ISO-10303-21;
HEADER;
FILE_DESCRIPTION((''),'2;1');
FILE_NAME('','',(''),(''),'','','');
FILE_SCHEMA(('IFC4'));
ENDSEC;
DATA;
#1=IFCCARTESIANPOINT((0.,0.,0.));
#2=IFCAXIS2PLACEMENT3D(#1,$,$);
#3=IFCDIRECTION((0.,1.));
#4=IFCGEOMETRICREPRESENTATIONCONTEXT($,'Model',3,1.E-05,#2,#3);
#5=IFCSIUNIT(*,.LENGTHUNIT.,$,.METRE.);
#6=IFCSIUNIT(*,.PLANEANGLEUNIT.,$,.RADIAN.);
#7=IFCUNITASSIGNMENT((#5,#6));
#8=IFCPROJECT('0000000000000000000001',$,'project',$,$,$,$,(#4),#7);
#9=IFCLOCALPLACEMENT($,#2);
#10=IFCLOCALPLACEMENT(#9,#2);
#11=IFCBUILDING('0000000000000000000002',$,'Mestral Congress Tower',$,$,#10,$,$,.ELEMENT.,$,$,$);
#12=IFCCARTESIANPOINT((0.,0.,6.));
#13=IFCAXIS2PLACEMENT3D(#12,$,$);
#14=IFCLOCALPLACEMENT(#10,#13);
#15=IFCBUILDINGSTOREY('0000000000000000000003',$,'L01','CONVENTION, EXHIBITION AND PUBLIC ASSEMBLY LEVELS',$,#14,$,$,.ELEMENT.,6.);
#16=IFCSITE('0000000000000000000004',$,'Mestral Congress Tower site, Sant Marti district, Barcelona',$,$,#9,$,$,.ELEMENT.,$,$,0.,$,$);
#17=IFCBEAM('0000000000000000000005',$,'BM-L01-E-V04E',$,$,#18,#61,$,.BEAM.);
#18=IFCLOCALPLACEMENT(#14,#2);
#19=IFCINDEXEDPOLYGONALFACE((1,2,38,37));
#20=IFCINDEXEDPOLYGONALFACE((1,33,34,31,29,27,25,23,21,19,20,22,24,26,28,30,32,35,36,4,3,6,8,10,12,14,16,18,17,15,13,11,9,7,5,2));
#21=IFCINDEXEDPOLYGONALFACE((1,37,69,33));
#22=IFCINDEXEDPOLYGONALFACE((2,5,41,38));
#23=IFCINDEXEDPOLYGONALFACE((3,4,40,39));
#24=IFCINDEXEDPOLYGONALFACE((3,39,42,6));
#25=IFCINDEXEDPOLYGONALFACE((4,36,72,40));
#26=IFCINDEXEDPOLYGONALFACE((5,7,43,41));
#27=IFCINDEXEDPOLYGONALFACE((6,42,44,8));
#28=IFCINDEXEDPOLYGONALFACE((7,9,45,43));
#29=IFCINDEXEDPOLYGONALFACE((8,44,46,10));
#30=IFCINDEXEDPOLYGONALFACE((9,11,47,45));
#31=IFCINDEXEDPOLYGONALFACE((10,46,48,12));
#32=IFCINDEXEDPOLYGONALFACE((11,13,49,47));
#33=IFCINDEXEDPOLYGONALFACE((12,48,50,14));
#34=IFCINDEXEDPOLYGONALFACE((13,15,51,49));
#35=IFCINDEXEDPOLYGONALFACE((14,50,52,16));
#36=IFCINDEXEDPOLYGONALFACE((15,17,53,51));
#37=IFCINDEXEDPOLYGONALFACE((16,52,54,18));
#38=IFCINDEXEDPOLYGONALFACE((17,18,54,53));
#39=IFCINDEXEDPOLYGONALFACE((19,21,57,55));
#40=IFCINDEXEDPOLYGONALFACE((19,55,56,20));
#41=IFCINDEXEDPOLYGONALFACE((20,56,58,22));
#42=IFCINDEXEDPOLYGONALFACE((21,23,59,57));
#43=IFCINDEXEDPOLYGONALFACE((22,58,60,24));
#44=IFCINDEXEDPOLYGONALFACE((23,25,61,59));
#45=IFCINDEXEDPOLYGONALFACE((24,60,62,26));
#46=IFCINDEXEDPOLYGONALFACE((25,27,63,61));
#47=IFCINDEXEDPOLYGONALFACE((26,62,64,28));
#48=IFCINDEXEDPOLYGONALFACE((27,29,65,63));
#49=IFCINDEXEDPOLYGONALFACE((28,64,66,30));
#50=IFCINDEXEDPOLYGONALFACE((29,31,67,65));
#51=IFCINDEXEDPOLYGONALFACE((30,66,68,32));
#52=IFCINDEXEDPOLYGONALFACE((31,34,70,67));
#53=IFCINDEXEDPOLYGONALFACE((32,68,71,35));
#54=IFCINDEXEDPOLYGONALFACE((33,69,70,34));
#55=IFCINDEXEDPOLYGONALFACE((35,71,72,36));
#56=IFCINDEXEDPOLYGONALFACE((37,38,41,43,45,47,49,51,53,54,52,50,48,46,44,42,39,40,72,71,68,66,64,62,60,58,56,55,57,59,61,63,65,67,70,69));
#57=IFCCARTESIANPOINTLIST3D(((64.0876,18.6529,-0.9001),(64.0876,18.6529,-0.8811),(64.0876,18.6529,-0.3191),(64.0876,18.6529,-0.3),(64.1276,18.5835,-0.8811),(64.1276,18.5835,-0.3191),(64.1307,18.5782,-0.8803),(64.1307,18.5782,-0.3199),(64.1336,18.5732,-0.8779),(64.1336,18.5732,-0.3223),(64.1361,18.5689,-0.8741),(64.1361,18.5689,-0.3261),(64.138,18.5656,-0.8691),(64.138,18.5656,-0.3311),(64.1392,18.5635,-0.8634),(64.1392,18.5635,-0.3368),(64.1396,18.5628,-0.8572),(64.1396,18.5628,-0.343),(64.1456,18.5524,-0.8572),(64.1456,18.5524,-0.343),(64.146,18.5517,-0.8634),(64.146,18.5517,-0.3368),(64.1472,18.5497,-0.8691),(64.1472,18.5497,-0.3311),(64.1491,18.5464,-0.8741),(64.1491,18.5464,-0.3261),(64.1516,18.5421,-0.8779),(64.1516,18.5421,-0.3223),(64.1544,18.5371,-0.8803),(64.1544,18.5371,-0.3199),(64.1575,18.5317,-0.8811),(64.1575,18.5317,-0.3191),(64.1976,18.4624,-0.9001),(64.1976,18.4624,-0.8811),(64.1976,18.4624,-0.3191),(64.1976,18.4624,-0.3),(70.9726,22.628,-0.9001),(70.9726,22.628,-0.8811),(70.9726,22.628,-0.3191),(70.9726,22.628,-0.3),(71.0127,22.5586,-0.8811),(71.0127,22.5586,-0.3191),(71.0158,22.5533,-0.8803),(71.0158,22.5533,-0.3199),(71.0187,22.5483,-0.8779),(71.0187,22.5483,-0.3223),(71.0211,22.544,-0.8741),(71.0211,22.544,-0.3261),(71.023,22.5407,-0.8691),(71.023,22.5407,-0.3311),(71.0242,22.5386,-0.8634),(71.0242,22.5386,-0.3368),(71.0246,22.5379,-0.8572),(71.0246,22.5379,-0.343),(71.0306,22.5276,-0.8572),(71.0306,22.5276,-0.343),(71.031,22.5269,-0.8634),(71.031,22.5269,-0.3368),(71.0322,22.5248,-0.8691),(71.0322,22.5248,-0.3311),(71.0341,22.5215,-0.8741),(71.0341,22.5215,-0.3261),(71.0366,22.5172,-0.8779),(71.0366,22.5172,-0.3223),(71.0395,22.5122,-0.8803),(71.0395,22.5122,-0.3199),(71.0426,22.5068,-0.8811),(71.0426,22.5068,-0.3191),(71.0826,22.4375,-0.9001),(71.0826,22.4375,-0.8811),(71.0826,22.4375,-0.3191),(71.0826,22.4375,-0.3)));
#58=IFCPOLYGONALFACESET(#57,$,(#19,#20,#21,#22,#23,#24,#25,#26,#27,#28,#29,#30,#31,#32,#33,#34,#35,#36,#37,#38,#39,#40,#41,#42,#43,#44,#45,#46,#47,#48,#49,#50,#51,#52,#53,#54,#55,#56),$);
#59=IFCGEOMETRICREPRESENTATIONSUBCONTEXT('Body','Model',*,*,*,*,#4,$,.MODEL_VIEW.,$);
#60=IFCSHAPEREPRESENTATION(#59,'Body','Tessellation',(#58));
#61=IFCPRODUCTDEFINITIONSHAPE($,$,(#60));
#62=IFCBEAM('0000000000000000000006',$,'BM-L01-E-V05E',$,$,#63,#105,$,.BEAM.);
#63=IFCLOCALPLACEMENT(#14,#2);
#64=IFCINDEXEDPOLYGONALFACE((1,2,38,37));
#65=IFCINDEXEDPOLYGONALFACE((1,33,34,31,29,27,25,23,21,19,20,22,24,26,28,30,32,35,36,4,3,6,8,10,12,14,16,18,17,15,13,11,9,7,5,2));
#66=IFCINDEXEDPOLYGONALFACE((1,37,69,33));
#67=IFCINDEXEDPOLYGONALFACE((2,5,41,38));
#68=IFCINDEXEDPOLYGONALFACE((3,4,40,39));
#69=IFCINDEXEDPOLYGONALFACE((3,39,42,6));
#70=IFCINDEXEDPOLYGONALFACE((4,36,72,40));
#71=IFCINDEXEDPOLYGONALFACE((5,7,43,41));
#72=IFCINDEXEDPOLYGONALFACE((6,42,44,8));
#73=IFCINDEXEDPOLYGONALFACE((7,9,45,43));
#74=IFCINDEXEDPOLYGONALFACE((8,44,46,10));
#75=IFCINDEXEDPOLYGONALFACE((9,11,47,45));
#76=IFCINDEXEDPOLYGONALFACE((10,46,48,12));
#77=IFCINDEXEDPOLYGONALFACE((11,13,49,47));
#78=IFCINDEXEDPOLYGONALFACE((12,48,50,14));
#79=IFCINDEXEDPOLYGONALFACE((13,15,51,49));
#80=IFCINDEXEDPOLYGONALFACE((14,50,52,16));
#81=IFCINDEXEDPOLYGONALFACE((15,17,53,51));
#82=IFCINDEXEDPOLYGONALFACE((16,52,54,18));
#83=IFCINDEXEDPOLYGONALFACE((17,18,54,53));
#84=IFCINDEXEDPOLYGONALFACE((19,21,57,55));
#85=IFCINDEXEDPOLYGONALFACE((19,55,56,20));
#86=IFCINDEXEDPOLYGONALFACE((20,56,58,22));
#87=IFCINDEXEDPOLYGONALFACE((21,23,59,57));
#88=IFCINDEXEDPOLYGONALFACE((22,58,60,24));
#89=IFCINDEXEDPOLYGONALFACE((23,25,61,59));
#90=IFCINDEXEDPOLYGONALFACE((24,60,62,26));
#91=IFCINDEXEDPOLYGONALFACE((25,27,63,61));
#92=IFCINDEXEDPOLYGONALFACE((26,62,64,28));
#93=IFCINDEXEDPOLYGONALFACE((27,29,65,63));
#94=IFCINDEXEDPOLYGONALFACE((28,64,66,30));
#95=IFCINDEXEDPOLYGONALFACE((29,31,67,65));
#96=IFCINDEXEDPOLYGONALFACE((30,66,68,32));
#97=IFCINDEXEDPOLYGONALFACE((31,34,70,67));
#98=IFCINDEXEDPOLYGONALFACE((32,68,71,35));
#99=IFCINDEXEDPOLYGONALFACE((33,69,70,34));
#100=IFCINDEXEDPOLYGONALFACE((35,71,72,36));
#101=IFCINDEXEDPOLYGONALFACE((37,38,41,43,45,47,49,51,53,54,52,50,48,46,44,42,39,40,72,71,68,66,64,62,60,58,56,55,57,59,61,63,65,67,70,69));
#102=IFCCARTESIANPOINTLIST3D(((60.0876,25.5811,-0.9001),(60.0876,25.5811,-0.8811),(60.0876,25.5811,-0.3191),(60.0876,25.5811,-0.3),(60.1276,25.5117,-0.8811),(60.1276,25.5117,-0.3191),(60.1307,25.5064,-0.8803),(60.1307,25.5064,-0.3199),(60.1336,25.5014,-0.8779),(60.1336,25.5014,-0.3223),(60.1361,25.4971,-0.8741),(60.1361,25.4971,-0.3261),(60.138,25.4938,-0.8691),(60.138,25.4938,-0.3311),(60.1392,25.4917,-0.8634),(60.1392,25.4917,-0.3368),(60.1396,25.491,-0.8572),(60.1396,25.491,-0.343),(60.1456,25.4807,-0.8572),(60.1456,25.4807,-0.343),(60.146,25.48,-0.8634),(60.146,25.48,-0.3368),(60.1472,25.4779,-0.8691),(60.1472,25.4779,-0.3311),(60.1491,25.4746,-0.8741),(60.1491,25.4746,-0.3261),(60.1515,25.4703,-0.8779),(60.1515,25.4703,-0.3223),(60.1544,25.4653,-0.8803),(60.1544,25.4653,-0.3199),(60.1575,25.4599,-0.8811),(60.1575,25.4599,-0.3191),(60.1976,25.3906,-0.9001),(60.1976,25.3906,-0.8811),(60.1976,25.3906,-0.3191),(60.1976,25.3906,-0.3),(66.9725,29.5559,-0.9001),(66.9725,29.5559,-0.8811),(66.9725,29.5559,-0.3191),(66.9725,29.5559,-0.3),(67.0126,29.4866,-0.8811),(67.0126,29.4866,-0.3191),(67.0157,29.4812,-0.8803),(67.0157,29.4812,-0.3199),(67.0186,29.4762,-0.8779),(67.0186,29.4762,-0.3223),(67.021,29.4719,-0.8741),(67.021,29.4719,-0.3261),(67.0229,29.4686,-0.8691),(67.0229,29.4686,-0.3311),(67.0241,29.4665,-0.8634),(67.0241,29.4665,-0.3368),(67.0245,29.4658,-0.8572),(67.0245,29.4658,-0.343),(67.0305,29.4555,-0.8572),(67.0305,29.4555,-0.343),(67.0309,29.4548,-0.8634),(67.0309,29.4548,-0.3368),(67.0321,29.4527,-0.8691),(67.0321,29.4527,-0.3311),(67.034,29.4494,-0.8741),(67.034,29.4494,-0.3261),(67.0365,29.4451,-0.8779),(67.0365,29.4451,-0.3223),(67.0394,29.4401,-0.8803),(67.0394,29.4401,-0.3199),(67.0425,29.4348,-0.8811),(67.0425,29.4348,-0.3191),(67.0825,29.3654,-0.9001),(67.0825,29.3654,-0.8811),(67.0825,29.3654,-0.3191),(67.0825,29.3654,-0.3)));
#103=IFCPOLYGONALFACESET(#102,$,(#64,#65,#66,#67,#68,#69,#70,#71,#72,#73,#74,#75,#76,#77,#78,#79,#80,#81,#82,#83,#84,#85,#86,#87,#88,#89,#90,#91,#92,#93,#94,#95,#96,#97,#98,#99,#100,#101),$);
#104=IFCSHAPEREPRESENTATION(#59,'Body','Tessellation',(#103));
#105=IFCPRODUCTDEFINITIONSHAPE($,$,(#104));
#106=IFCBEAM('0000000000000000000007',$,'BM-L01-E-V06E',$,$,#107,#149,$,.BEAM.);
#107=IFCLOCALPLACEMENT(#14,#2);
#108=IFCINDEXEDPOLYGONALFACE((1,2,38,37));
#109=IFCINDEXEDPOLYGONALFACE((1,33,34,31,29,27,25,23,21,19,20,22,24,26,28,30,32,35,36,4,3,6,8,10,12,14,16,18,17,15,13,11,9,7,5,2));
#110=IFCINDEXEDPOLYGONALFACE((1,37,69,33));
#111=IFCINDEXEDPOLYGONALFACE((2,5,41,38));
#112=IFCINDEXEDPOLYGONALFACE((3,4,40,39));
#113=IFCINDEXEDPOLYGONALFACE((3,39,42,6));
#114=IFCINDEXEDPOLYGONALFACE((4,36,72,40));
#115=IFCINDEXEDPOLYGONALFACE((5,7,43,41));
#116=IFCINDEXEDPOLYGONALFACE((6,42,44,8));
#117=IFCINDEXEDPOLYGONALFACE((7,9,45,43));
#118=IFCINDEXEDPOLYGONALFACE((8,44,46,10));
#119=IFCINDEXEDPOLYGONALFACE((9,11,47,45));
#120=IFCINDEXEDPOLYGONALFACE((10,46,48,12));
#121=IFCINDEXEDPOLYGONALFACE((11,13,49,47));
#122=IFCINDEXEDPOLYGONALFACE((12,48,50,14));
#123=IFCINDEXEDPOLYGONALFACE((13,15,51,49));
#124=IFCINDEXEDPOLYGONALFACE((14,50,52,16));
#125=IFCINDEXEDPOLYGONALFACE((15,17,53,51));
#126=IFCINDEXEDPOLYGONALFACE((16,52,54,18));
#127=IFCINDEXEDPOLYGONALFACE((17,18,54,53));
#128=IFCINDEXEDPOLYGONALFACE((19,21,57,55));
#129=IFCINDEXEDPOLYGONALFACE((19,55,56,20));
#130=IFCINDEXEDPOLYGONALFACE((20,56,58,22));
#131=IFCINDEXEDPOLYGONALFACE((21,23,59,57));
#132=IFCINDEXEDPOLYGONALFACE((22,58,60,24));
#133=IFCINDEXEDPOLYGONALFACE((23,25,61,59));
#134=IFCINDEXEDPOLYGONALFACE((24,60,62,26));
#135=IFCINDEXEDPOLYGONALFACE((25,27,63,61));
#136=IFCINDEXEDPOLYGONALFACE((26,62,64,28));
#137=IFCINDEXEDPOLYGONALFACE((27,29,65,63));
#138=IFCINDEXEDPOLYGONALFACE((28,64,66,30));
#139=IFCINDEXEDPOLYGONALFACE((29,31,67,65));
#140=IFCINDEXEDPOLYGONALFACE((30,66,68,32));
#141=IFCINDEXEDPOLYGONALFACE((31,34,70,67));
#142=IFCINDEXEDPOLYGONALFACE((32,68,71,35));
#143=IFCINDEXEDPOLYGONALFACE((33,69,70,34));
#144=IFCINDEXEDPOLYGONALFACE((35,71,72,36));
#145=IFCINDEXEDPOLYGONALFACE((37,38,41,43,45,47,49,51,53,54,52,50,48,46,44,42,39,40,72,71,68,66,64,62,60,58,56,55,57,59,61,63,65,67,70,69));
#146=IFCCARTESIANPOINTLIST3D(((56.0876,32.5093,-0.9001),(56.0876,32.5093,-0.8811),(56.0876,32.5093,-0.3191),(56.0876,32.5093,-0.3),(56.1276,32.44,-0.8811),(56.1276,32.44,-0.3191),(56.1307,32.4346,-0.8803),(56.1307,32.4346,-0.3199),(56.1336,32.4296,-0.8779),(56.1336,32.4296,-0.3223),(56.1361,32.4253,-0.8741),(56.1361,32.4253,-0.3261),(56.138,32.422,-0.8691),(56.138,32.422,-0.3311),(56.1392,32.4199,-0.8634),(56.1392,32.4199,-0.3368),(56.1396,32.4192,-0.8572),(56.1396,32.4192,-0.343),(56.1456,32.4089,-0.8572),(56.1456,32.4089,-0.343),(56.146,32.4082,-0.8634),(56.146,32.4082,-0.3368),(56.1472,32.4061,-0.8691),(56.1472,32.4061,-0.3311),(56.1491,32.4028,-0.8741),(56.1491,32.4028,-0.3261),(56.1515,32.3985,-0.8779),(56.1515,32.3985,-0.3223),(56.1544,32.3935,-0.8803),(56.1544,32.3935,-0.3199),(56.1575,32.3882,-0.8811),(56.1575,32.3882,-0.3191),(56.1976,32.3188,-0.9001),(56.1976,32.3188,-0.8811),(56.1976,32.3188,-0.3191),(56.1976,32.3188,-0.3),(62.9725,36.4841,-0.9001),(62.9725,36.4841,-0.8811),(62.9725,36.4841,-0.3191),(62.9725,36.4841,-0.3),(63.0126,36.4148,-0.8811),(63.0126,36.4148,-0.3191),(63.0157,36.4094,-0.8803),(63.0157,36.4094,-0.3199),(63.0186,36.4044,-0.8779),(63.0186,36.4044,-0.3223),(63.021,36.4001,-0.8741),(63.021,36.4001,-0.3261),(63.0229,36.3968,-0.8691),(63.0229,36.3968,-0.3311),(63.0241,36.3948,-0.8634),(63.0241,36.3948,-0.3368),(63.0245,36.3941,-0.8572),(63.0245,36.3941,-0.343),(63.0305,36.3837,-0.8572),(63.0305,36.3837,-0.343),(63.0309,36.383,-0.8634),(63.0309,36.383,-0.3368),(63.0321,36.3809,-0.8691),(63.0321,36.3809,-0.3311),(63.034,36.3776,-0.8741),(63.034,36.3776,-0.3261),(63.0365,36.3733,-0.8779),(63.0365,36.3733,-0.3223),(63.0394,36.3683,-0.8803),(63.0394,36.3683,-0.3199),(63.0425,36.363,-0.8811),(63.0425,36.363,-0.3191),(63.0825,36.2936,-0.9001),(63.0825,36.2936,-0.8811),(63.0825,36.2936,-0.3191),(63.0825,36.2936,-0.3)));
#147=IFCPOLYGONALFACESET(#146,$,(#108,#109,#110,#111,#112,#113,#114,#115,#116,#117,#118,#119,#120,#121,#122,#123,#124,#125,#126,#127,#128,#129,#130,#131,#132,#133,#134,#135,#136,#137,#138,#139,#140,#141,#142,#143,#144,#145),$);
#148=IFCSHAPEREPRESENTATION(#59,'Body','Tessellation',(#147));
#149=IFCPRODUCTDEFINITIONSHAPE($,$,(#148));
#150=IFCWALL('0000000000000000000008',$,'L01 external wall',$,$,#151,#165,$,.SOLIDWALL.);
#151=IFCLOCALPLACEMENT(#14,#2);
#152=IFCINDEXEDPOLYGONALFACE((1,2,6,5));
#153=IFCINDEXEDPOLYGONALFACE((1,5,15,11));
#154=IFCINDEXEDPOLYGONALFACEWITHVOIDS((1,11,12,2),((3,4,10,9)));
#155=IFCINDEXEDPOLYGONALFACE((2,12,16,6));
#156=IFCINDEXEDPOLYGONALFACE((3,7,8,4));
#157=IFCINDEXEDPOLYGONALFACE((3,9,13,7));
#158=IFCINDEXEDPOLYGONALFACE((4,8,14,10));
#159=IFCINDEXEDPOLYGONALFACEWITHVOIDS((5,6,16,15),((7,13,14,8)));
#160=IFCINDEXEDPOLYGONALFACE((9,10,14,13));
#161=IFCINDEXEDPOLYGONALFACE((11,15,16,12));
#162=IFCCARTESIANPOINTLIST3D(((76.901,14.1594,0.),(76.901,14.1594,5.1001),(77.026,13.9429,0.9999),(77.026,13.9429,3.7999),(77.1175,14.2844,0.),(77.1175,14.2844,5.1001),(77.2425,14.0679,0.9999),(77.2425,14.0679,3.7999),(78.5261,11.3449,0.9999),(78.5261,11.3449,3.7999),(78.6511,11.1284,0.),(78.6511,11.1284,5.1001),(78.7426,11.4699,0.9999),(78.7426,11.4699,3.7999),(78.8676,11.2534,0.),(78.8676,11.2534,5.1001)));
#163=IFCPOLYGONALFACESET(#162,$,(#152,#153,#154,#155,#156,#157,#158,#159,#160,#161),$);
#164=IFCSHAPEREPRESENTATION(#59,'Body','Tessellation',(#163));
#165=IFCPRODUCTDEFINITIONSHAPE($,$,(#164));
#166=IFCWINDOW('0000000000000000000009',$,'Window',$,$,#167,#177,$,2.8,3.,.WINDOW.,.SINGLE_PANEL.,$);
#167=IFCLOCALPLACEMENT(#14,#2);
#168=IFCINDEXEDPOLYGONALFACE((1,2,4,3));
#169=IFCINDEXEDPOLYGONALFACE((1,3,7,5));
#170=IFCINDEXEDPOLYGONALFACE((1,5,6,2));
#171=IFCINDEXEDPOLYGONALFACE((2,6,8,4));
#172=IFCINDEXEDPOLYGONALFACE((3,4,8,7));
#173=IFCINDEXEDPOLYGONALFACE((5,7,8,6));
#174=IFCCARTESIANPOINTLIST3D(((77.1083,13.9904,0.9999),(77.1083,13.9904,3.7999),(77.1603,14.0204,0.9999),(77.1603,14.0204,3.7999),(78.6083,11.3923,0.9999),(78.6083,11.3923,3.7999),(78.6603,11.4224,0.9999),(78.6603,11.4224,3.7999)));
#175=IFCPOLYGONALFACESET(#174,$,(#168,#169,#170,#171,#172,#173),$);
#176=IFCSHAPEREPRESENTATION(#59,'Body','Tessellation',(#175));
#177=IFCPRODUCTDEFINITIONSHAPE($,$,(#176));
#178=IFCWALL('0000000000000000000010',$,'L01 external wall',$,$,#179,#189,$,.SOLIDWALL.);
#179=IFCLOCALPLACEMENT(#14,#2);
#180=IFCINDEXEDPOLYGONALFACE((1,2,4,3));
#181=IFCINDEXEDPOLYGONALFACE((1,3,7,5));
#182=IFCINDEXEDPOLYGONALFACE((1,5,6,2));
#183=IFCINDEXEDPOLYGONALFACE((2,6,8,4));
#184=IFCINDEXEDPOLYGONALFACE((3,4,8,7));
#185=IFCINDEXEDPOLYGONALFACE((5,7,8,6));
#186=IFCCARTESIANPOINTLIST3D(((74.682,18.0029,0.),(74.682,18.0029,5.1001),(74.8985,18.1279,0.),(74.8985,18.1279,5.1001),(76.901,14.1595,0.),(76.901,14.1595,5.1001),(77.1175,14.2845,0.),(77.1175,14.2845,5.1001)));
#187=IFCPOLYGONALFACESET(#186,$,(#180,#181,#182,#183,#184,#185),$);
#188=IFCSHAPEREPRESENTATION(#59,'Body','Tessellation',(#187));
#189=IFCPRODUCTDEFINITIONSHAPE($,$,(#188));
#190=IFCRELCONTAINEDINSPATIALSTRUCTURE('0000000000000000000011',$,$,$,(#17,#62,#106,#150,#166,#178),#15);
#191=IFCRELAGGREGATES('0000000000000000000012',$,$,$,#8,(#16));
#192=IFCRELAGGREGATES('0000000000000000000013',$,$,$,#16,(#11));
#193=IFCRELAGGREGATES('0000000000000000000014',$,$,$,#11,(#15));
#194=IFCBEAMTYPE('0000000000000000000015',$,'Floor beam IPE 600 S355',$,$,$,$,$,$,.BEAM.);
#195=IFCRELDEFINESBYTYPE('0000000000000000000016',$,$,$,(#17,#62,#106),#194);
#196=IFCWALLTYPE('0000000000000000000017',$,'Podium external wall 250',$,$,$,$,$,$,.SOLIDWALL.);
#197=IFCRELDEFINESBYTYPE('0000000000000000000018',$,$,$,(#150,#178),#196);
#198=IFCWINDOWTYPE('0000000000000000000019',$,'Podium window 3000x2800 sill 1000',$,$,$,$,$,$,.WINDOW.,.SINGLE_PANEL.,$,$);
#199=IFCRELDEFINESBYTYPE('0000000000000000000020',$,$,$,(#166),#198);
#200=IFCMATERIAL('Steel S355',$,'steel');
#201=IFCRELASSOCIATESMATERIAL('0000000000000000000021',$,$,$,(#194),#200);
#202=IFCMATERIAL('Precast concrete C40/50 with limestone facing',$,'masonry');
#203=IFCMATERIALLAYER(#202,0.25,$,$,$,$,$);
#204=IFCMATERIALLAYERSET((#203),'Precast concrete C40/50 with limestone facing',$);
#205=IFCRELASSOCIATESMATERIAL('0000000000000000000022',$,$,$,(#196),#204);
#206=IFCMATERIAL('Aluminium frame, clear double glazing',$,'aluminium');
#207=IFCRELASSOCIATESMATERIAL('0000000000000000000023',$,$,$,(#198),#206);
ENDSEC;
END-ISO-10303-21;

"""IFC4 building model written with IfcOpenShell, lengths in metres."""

from ifc_helpers import new_model, si_unit, direction, frame, frame_2d, origin, origin_2d, place, context, subcontext, project, spatial, rectangle, i_section, extrude, material, layer, layer_set, material_profile, profile_set, type_object, element, fill, save


model = new_model("IFC4")

# Units and contexts
model_context = context("Model", 3, precision=1e-05, world=origin(), true_north=direction((0.0, 1.0)))
body_context = subcontext(model_context, "Body", "Model", "MODEL_VIEW")
ifc_project = project(units=[si_unit("LENGTHUNIT", "METRE"), si_unit("PLANEANGLEUNIT", "RADIAN")], contexts=[model_context])

# Site, building, storey
site_placement = place(None, origin())
site = spatial("IfcSite", under=ifc_project, at=site_placement, Name="Mestral Congress Tower site, Sant Marti district, Barcelona", CompositionType="ELEMENT", RefElevation=0.0)
building_placement = place(site_placement, origin())
building = spatial("IfcBuilding", under=site, at=building_placement, Name="Mestral Congress Tower", CompositionType="ELEMENT")
storey_placement = place(building_placement, frame((0.0, 0.0, 6.0)))
storey = spatial("IfcBuildingStorey", under=building, at=storey_placement, Name="L01", Description="CONVENTION, EXHIBITION AND PUBLIC ASSEMBLY LEVELS", CompositionType="ELEMENT", Elevation=6.0)

# Beams
ifc_material_1 = material(Name="Steel S355", Category="steel")
ifc_material_profile_1 = material_profile(ifc_material_1, i_section(OverallWidth=0.22, OverallDepth=0.6001, WebThickness=0.012, FlangeThickness=0.019, FilletRadius=0.0239, at=origin_2d()), Name="IPE 600")
ifc_profile_set_1 = profile_set([ifc_material_profile_1], Name="Steel S355")
beam_type_1 = type_object("IfcBeamType", Name="Floor beam IPE 600 S355", PredefinedType="BEAM", material=ifc_profile_set_1)
beam_placement = place(storey_placement, frame((64.1426, 18.5576, -0.6001), z_axis=(0.866023, 0.500003, 0.0), x_axis=(-0.500003, 0.866023, 0.0)))
element("IfcBeam", 1, at=beam_placement, inside=storey, type_object=beam_type_1, Name="BM-L01-E-V04E", PredefinedType="BEAM", context=body_context, shape_type="SweptSolid", body=[
    extrude(i_section(OverallWidth=0.22, OverallDepth=0.6001, WebThickness=0.012, FlangeThickness=0.019, FilletRadius=0.0239, at=origin_2d()), origin(), (0.0, 0.0, 1.0), 7.9502),
])
for number, where, z_axis, x_axis, name in (
    (2, (60.1426, 25.4858, -0.6001), (0.866037, 0.49998, 0.0), (-0.49998, 0.866037, 0.0), "BM-L01-E-V05E"),
    (3, (56.1426, 32.4141, -0.6001), (0.866037, 0.49998, 0.0), (-0.49998, 0.866037, 0.0), "BM-L01-E-V06E"),
):
    element("IfcBeam", number, at=place(storey_placement, frame(where, z_axis=z_axis, x_axis=x_axis)), inside=storey, type_object=beam_type_1, Name=name, PredefinedType="BEAM", context=body_context, shape_type="SweptSolid", body=[
        extrude(i_section(OverallWidth=0.22, OverallDepth=0.6001, WebThickness=0.012, FlangeThickness=0.019, FilletRadius=0.0239, at=origin_2d()), origin(), (0.0, 0.0, 1.0), 7.95),
    ])

# Wall, opening, window
ifc_material_2 = material(Name="Precast concrete C40/50 with limestone facing", Category="masonry")
ifc_layer_1 = layer(ifc_material_2, 0.25)
ifc_layer_set_1 = layer_set([ifc_layer_1], Name="Precast concrete C40/50 with limestone facing")
wall_type_1 = type_object("IfcWallType", Name="Podium external wall 250", PredefinedType="SOLIDWALL", material=ifc_layer_set_1)
wall_1_placement = place(storey_placement, frame((77.0093, 14.2219, 0.0), z_axis=(0.0, 0.0, 1.0), x_axis=(0.50001, -0.866019, 0.0)))
wall_1 = element("IfcWall", 4, at=wall_1_placement, inside=storey, type_object=wall_type_1, Name="L01 external wall", PredefinedType="SOLIDWALL", context=body_context, shape_type="SweptSolid", body=[
    extrude(rectangle(XDim=3.5, YDim=0.25, at=frame_2d((1.75, 0.0))), origin(), (0.0, 0.0, 1.0), 5.1001),
])
opening_1_placement = place(wall_1_placement, frame((0.25, 0.0, 1.0)))
opening_1 = element("IfcOpeningElement", 5, at=opening_1_placement, cuts=wall_1, PredefinedType="OPENING", context=body_context, shape_type="SweptSolid", body=[
    extrude(rectangle(XDim=3.0, YDim=2.8, at=frame_2d((1.5, 1.3999))), frame((0.0, 0.135, 0.0), z_axis=(0.0, -1.0, 0.0), x_axis=(1.0, 0.0, 0.0)), (0.0, 0.0, 1.0), 0.27),
])
ifc_material_3 = material(Name="Aluminium frame, clear double glazing", Category="aluminium")
window_type = type_object("IfcWindowType", Name="Podium window 3000x2800 sill 1000", PartitioningType="SINGLE_PANEL", PredefinedType="WINDOW", material=ifc_material_3)
window_1_placement = place(opening_1_placement, origin())
window_1 = element("IfcWindow", 6, at=window_1_placement, inside=storey, type_object=window_type, Name="Window", OverallHeight=2.8, OverallWidth=3.0, PartitioningType="SINGLE_PANEL", PredefinedType="WINDOW", context=body_context, shape_type="SweptSolid", body=[
    extrude(rectangle(XDim=3.0, YDim=2.8, at=frame_2d((1.5, 1.3999))), frame((0.0, 0.03, 0.0), z_axis=(0.0, -1.0, 0.0), x_axis=(1.0, 0.0, 0.0)), (0.0, 0.0, 1.0), 0.0601),
])
fill(opening_1, window_1)

# Wall
wall_2_placement = place(storey_placement, frame((74.7903, 18.0654, 0.0), z_axis=(0.0, 0.0, 1.0), x_axis=(0.499991, -0.866031, 0.0)))
element("IfcWall", 7, at=wall_2_placement, inside=storey, type_object=wall_type_1, Name="L01 external wall", PredefinedType="SOLIDWALL", context=body_context, shape_type="SweptSolid", body=[
    extrude(rectangle(XDim=4.438, YDim=0.25, at=frame_2d((2.219, 0.0))), origin(), (0.0, 0.0, 1.0), 5.1001),
])

save(model, "model.ifc")
